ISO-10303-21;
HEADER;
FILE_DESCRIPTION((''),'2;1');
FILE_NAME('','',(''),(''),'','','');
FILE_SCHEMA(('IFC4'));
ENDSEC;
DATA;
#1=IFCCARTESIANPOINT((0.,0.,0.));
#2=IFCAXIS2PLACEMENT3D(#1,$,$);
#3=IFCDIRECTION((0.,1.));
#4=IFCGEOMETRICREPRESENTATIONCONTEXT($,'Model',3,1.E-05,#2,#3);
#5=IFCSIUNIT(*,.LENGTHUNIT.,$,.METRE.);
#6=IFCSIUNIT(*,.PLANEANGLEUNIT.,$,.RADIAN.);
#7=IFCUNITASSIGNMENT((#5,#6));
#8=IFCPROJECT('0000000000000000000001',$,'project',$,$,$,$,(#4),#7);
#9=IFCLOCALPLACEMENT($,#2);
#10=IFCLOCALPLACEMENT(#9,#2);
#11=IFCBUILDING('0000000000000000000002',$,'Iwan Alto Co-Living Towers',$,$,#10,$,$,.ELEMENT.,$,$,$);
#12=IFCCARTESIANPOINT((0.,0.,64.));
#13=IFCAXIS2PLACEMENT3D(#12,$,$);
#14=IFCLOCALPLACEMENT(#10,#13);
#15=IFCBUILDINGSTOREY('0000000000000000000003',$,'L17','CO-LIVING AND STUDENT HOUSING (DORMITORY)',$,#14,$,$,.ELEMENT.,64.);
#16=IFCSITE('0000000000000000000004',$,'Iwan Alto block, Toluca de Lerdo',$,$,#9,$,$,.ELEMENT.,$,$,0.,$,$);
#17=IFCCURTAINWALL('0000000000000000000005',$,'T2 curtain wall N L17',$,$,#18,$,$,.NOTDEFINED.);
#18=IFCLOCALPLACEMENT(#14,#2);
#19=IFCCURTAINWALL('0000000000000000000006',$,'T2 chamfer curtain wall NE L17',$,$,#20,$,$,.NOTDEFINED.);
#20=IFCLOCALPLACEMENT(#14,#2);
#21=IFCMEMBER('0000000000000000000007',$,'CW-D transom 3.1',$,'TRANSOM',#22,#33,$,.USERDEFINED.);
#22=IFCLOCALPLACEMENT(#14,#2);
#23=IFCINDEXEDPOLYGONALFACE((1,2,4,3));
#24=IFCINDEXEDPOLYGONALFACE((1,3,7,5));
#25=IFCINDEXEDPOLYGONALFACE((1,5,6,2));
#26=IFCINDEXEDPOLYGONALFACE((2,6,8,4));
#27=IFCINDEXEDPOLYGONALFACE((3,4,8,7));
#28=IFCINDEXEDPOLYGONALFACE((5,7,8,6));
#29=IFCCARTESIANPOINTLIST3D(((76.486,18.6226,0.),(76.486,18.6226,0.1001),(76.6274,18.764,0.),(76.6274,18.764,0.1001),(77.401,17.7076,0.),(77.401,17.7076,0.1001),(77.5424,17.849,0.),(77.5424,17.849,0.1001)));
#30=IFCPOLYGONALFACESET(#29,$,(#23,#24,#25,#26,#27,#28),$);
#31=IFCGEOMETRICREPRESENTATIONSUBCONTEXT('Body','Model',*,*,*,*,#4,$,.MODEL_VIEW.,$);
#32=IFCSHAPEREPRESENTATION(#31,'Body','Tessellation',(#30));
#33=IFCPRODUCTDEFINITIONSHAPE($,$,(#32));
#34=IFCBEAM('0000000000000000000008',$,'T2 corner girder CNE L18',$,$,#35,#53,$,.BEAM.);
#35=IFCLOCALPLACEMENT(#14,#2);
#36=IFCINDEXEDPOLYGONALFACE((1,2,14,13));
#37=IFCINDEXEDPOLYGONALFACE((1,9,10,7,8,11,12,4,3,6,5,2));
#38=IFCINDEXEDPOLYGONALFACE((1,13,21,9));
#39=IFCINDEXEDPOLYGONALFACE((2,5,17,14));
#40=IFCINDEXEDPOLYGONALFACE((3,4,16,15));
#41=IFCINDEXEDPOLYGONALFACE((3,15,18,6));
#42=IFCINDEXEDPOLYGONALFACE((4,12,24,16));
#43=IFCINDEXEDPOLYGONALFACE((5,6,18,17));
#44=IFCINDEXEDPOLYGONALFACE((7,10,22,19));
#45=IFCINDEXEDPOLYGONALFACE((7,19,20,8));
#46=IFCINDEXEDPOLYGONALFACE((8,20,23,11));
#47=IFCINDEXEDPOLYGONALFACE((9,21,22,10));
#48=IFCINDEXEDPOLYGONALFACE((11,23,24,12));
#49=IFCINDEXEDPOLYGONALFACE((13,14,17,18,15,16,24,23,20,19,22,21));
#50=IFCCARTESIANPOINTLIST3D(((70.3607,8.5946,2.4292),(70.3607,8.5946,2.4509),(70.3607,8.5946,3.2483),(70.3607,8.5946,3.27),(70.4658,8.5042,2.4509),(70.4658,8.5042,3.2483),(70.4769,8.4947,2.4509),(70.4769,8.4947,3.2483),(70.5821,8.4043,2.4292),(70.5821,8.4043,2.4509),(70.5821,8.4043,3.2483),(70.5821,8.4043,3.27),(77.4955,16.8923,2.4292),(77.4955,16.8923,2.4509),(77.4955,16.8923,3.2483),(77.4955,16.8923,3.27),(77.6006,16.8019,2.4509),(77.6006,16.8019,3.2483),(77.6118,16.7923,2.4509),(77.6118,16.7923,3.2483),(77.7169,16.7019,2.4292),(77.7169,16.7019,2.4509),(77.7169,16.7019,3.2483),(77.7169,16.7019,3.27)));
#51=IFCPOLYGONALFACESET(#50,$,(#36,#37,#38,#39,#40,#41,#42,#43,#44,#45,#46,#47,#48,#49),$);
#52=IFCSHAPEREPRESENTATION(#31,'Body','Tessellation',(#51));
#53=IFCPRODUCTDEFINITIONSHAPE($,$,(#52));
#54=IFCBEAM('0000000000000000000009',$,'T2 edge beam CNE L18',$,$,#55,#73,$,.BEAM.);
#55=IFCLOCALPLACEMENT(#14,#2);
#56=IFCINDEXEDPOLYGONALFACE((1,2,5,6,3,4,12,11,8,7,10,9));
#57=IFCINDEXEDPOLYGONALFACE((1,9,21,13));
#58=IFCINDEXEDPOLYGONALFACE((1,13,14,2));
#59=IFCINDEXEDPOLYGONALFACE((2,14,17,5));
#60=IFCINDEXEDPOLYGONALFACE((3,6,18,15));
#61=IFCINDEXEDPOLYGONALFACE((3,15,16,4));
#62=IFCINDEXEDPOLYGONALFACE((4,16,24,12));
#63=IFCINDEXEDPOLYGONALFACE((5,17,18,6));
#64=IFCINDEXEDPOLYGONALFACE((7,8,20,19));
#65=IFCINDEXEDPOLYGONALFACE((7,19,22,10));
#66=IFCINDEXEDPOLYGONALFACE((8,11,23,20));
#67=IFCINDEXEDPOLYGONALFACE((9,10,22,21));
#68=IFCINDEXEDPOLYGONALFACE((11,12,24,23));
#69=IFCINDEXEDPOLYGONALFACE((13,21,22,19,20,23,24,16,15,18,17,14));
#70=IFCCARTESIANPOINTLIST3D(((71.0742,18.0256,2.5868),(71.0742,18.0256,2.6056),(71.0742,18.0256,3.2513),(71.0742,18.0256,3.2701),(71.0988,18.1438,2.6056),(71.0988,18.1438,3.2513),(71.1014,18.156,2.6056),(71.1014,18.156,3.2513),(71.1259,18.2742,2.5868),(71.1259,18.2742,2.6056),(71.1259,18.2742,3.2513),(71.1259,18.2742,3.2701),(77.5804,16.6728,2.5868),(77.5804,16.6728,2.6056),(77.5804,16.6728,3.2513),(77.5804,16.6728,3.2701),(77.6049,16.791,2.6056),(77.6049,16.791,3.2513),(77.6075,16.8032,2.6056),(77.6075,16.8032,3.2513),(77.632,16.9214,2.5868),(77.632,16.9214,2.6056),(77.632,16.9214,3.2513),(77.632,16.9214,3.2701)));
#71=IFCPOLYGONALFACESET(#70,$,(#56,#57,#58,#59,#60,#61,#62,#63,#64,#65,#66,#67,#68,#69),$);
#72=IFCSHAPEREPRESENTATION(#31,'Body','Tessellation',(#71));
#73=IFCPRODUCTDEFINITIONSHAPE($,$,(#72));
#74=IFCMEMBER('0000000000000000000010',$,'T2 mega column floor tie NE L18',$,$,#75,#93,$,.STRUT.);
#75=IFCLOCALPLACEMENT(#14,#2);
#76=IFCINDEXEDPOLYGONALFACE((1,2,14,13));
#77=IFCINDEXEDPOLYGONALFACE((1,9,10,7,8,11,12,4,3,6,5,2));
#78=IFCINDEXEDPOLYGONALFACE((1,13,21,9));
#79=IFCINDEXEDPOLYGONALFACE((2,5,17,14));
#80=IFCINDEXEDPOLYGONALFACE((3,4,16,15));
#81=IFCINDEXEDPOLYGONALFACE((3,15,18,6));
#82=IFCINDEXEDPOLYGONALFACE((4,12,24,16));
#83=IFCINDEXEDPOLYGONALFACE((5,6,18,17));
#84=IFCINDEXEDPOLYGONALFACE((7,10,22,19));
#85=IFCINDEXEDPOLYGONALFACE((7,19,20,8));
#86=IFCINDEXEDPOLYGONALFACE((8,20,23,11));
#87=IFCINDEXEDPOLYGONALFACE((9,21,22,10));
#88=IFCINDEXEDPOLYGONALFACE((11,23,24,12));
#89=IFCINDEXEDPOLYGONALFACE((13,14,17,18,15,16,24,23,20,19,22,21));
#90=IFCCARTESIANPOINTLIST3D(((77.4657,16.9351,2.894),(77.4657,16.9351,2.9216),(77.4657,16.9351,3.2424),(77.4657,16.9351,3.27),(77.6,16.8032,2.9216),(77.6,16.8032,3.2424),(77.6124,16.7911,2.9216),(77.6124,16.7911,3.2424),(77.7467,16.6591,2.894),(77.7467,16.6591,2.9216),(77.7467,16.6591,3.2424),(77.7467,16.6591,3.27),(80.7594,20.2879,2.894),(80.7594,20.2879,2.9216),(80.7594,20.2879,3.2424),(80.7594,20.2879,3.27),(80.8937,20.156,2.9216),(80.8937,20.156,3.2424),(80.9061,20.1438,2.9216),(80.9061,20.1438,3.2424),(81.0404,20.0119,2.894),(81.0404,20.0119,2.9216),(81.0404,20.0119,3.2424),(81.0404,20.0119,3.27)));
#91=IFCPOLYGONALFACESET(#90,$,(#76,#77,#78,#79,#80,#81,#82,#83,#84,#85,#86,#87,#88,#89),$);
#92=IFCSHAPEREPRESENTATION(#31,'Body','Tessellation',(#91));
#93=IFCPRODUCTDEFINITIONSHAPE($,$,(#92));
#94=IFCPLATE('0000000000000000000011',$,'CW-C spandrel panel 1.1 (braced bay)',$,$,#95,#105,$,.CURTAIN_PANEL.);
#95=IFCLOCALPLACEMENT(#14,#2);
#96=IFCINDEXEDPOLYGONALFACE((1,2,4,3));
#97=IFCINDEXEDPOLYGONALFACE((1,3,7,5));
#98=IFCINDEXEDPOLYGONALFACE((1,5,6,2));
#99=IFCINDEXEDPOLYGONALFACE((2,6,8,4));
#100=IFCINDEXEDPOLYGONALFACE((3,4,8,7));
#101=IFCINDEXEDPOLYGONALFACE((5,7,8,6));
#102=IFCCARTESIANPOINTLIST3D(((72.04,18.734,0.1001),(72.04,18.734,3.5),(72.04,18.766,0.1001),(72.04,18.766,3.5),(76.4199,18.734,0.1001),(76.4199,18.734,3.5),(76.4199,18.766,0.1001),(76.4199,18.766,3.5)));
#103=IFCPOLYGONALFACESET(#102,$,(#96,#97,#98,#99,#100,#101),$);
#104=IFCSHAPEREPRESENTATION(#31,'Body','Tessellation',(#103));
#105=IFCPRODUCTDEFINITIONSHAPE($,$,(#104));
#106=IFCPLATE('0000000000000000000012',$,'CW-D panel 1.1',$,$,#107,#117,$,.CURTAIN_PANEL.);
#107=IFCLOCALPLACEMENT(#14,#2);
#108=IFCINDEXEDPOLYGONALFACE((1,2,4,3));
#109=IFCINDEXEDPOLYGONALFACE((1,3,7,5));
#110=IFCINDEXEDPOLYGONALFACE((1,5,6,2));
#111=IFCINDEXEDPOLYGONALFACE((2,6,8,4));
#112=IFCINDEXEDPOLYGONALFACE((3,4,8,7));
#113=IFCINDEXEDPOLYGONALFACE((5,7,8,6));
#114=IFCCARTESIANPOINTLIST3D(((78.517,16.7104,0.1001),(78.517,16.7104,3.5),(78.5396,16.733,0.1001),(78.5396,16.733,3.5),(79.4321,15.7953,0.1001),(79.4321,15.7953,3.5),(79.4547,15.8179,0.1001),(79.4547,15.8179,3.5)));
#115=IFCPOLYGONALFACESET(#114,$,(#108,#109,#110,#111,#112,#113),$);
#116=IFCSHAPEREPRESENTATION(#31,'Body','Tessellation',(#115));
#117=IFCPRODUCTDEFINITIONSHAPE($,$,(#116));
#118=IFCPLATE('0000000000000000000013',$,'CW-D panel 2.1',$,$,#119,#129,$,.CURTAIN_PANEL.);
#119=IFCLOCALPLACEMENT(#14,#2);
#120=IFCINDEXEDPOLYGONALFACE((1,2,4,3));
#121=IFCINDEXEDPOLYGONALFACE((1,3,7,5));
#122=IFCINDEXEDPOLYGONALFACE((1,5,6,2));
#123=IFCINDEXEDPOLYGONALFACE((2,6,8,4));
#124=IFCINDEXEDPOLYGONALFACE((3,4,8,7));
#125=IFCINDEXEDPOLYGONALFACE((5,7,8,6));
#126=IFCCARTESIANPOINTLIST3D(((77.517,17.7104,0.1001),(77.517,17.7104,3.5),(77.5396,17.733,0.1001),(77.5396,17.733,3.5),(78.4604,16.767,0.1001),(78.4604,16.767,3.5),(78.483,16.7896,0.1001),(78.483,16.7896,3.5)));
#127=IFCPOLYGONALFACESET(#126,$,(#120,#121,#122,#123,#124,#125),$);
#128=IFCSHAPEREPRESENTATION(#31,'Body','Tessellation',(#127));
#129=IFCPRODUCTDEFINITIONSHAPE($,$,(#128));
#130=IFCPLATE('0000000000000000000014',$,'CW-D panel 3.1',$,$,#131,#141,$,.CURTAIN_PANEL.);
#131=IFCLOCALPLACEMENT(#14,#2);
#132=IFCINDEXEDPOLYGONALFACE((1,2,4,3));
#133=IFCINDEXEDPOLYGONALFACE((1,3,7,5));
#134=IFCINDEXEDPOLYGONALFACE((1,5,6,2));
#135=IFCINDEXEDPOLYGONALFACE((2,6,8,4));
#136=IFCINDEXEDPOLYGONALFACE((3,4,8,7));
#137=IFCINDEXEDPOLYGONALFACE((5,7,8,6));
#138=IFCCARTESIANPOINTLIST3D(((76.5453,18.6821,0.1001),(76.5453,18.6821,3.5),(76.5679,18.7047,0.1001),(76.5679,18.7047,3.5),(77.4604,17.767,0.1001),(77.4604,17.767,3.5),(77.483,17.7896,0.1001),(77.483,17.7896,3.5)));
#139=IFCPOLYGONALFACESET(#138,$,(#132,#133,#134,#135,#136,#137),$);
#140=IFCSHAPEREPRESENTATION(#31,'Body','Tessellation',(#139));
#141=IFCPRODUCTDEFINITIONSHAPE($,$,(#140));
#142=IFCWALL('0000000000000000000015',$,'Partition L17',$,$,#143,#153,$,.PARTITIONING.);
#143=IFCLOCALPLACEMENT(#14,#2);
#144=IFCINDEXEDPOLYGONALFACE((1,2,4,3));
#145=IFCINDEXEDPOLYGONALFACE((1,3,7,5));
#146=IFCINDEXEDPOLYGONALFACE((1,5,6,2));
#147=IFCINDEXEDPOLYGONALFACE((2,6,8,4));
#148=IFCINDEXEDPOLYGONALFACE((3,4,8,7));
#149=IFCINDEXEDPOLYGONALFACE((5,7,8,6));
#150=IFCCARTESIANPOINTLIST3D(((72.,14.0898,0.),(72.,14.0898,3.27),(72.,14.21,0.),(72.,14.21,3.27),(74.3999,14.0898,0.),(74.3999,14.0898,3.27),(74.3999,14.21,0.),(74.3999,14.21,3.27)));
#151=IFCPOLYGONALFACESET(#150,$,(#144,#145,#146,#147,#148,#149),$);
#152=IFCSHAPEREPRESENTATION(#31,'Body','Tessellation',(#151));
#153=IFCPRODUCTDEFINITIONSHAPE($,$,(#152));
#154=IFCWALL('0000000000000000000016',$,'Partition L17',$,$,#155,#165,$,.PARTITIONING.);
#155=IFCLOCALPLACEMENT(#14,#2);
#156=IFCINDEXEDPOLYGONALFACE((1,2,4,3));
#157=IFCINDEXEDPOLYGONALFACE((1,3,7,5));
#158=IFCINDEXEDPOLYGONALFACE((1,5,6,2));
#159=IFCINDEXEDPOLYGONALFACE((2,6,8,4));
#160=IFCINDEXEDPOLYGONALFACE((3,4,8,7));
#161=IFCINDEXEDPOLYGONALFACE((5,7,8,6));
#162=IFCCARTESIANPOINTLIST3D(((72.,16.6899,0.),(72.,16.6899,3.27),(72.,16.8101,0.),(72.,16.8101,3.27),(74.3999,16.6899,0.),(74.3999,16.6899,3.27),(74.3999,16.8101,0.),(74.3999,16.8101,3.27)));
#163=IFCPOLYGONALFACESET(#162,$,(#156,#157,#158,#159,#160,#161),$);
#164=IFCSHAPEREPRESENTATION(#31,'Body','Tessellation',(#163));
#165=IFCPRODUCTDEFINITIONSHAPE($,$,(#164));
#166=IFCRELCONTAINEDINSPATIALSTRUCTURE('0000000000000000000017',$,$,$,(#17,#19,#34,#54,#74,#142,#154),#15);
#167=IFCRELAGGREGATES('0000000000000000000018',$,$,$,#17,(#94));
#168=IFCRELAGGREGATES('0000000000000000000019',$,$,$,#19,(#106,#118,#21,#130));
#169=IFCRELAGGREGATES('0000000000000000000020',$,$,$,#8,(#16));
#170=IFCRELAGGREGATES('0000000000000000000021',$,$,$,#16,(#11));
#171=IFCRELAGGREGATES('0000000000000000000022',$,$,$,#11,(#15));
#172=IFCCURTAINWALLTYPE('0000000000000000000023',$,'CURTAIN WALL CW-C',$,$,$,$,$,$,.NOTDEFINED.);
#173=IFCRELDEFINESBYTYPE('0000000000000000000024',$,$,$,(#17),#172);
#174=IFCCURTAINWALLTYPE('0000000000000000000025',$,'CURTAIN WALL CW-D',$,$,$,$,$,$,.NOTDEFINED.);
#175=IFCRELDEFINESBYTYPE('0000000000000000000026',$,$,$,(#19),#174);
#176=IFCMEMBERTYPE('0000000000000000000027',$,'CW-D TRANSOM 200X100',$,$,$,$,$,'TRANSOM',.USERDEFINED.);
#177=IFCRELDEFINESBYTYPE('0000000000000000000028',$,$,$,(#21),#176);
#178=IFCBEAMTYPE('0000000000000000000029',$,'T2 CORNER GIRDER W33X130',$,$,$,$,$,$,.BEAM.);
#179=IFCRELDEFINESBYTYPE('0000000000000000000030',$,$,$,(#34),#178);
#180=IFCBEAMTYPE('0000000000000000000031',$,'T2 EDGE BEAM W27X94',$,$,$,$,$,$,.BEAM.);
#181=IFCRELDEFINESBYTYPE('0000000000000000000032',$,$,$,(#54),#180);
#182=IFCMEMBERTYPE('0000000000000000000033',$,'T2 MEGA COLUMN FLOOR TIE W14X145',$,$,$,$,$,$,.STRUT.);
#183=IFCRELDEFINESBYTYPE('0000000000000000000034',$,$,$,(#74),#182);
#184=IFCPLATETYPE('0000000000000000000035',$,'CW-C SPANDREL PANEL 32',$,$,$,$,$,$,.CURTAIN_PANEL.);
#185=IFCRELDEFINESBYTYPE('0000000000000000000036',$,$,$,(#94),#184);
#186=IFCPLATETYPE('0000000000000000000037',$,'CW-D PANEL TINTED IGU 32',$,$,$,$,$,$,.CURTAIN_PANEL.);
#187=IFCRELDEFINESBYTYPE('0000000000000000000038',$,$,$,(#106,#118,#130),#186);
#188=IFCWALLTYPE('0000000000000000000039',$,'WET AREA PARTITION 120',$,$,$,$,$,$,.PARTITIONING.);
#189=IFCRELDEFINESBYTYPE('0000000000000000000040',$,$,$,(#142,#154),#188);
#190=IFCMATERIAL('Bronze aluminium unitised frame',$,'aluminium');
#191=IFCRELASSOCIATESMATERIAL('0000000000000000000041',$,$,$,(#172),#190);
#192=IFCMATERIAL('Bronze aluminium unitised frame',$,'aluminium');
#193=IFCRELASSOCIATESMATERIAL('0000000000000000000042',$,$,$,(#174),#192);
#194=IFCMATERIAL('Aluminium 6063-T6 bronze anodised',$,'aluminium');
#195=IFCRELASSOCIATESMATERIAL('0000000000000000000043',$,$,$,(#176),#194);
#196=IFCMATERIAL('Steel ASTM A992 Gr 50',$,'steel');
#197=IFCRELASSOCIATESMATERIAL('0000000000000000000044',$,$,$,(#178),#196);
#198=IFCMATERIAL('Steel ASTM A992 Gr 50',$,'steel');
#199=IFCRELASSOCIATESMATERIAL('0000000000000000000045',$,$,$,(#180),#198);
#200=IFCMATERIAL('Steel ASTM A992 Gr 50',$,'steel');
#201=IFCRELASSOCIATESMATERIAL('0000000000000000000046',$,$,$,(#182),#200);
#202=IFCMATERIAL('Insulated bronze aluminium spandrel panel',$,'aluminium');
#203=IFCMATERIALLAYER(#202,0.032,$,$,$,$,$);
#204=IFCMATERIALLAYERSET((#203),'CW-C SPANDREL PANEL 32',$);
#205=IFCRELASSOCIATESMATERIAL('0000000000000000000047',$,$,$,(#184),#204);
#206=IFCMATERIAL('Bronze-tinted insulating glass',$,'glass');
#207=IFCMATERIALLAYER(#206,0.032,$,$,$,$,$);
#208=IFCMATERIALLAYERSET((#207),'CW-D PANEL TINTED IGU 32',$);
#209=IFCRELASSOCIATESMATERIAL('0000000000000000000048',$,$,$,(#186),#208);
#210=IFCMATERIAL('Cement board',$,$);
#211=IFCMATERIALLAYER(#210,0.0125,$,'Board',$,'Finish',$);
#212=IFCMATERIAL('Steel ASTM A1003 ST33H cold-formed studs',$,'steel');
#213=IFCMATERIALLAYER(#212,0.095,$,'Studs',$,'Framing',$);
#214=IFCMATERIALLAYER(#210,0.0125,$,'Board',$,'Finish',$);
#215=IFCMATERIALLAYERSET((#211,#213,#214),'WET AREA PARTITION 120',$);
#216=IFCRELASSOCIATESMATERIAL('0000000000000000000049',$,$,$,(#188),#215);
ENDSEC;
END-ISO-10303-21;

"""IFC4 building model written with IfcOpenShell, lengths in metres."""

from ifc_helpers import new_model, si_unit, direction, frame, frame_2d, origin, origin_2d, place, context, subcontext, project, spatial, rectangle, i_section, extrude, material, layer, layer_set, material_profile, profile_set, type_object, element, aggregate, save


model = new_model("IFC4")

# Units and contexts
model_context = context("Model", 3, precision=1e-05, world=origin(), true_north=direction((0.0, 1.0)))
body_context = subcontext(model_context, "Body", "Model", "MODEL_VIEW")
ifc_project = project(units=[si_unit("LENGTHUNIT", "METRE"), si_unit("PLANEANGLEUNIT", "RADIAN")], contexts=[model_context])

# Site, building, storey
site_placement = place(None, origin())
site = spatial("IfcSite", under=ifc_project, at=site_placement, Name="Iwan Alto block, Toluca de Lerdo", CompositionType="ELEMENT", RefElevation=0.0)
building_placement = place(site_placement, origin())
building = spatial("IfcBuilding", under=site, at=building_placement, Name="Iwan Alto Co-Living Towers", CompositionType="ELEMENT")
storey_placement = place(building_placement, frame((0.0, 0.0, 64.0)))
storey = spatial("IfcBuildingStorey", under=building, at=storey_placement, Name="L17", Description="CO-LIVING AND STUDENT HOUSING (DORMITORY)", CompositionType="ELEMENT", Elevation=64.0)

# Shared definitions
ifc_material_1 = material(Name="Bronze aluminium unitised frame", Category="aluminium")
curtain_wall_type_1 = type_object("IfcCurtainWallType", Name="CURTAIN WALL CW-C", PredefinedType="NOTDEFINED", material=ifc_material_1)

# Curtain walls, member
curtain_wall_1_placement = place(storey_placement, origin())
curtain_wall_1 = element("IfcCurtainWall", 1, at=curtain_wall_1_placement, inside=storey, type_object=curtain_wall_type_1, Name="T2 curtain wall N L17", PredefinedType="NOTDEFINED")
ifc_material_2 = material(Name="Bronze aluminium unitised frame", Category="aluminium")
curtain_wall_type_2 = type_object("IfcCurtainWallType", Name="CURTAIN WALL CW-D", PredefinedType="NOTDEFINED", material=ifc_material_2)
curtain_wall_2_placement = place(storey_placement, origin())
curtain_wall_2 = element("IfcCurtainWall", 2, at=curtain_wall_2_placement, inside=storey, type_object=curtain_wall_type_2, Name="T2 chamfer curtain wall NE L17", PredefinedType="NOTDEFINED")
ifc_material_3 = material(Name="Aluminium 6063-T6 bronze anodised", Category="aluminium")
ifc_material_profile_1 = material_profile(ifc_material_3, rectangle(XDim=0.2, YDim=0.1001, at=origin_2d()), Name="AL 200X100")
ifc_profile_set_1 = profile_set([ifc_material_profile_1], Name="Aluminium 6063-T6 bronze anodised")
member_type_1 = type_object("IfcMemberType", Name="CW-D TRANSOM 200X100", ElementType="TRANSOM", PredefinedType="USERDEFINED", material=ifc_profile_set_1)
member_1_placement = place(storey_placement, frame((77.4717, 17.7783, 0.05), z_axis=(-0.707107, 0.707107, 0.0), x_axis=(-0.707107, -0.707107, 0.0)))
member_1 = element("IfcMember", 3, at=member_1_placement, type_object=member_type_1, Name="CW-D transom 3.1", ObjectType="TRANSOM", PredefinedType="USERDEFINED", context=body_context, shape_type="SweptSolid", body=[
    extrude(rectangle(XDim=0.2, YDim=0.1001, at=origin_2d()), origin(), (0.0, 0.0, 1.0), 1.2939),
])

# Beams
ifc_material_4 = material(Name="Steel ASTM A992 Gr 50", Category="steel")
ifc_material_profile_2 = material_profile(ifc_material_4, i_section(OverallWidth=0.292, OverallDepth=0.8408, WebThickness=0.0146, FlangeThickness=0.0217, at=origin_2d()), Name="W33X130")
ifc_profile_set_2 = profile_set([ifc_material_profile_2], Name="Steel ASTM A992 Gr 50")
beam_type_1 = type_object("IfcBeamType", Name="T2 CORNER GIRDER W33X130", PredefinedType="BEAM", material=ifc_profile_set_2)
beam_1_placement = place(storey_placement, frame((77.6062, 16.7971, 2.8496), z_axis=(-0.651977, -0.758238, 0.0), x_axis=(0.758238, -0.651977, 0.0)))
element("IfcBeam", 4, at=beam_1_placement, inside=storey, type_object=beam_type_1, Name="T2 corner girder CNE L18", PredefinedType="BEAM", context=body_context, shape_type="SweptSolid", body=[
    extrude(i_section(OverallWidth=0.292, OverallDepth=0.8408, WebThickness=0.0146, FlangeThickness=0.0217, at=origin_2d()), origin(), (0.0, 0.0, 1.0), 10.9434),
])
ifc_material_5 = material(Name="Steel ASTM A992 Gr 50", Category="steel")
ifc_material_profile_3 = material_profile(ifc_material_5, i_section(OverallWidth=0.2539, OverallDepth=0.6833, WebThickness=0.0125, FlangeThickness=0.0188, at=origin_2d()), Name="W27X94")
ifc_profile_set_3 = profile_set([ifc_material_profile_3], Name="Steel ASTM A992 Gr 50")
beam_type_2 = type_object("IfcBeamType", Name="T2 EDGE BEAM W27X94", PredefinedType="BEAM", material=ifc_profile_set_3)
beam_2_placement = place(storey_placement, frame((77.6062, 16.7971, 2.9285), z_axis=(-0.97906, 0.203571, 0.0), x_axis=(-0.203571, -0.97906, 0.0)))
element("IfcBeam", 5, at=beam_2_placement, inside=storey, type_object=beam_type_2, Name="T2 edge beam CNE L18", PredefinedType="BEAM", context=body_context, shape_type="SweptSolid", body=[
    extrude(i_section(OverallWidth=0.2539, OverallDepth=0.6833, WebThickness=0.0125, FlangeThickness=0.0188, at=origin_2d()), origin(), (0.0, 0.0, 1.0), 6.6453),
])

# Member
ifc_material_6 = material(Name="Steel ASTM A992 Gr 50", Category="steel")
ifc_material_profile_4 = material_profile(ifc_material_6, i_section(OverallWidth=0.3938, OverallDepth=0.376, WebThickness=0.0173, FlangeThickness=0.0276, at=origin_2d()), Name="W14X145")
ifc_profile_set_4 = profile_set([ifc_material_profile_4], Name="Steel ASTM A992 Gr 50")
member_type_2 = type_object("IfcMemberType", Name="T2 MEGA COLUMN FLOOR TIE W14X145", PredefinedType="STRUT", material=ifc_profile_set_4)
member_2_placement = place(storey_placement, frame((80.8999, 20.1499, 3.082), z_axis=(-0.700793, -0.713364, 0.0), x_axis=(0.713364, -0.700793, 0.0)))
element("IfcMember", 6, at=member_2_placement, inside=storey, type_object=member_type_2, Name="T2 mega column floor tie NE L18", PredefinedType="STRUT", context=body_context, shape_type="SweptSolid", body=[
    extrude(i_section(OverallWidth=0.3938, OverallDepth=0.376, WebThickness=0.0173, FlangeThickness=0.0276, at=origin_2d()), origin(), (0.0, 0.0, 1.0), 4.7),
])

# Plates
ifc_material_7 = material(Name="Insulated bronze aluminium spandrel panel", Category="aluminium")
ifc_layer_1 = layer(ifc_material_7, 0.032)
ifc_layer_set_1 = layer_set([ifc_layer_1], Name="CW-C SPANDREL PANEL 32")
plate_type_1 = type_object("IfcPlateType", Name="CW-C SPANDREL PANEL 32", PredefinedType="CURTAIN_PANEL", material=ifc_layer_set_1)
plate_1_placement = place(storey_placement, frame((74.23, 18.75, 0.1001), z_axis=(0.0, 0.0, 1.0), x_axis=(-1.0, 0.0, 0.0)))
plate_1 = element("IfcPlate", 7, at=plate_1_placement, type_object=plate_type_1, Name="CW-C spandrel panel 1.1 (braced bay)", PredefinedType="CURTAIN_PANEL", context=body_context, shape_type="SweptSolid", body=[
    extrude(rectangle(XDim=4.3799, YDim=0.032, at=origin_2d()), origin(), (0.0, 0.0, 1.0), 3.3999),
])
aggregate(curtain_wall_1, [plate_1])
ifc_material_8 = material(Name="Bronze-tinted insulating glass", Category="glass")
ifc_layer_2 = layer(ifc_material_8, 0.032)
ifc_layer_set_2 = layer_set([ifc_layer_2], Name="CW-D PANEL TINTED IGU 32")
plate_type_2 = type_object("IfcPlateType", Name="CW-D PANEL TINTED IGU 32", PredefinedType="CURTAIN_PANEL", material=ifc_layer_set_2)
plate_2_placement = place(storey_placement, frame((78.9858, 16.2642, 0.1001), z_axis=(0.0, 0.0, 1.0), x_axis=(-0.707107, 0.707107, 0.0)))
plate_2 = element("IfcPlate", 8, at=plate_2_placement, type_object=plate_type_2, Name="CW-D panel 1.1", PredefinedType="CURTAIN_PANEL", context=body_context, shape_type="SweptSolid", body=[
    extrude(rectangle(XDim=1.2942, YDim=0.032, at=origin_2d()), origin(), (0.0, 0.0, 1.0), 3.3999),
])
plate_3_placement = place(storey_placement, frame((78.0, 17.25, 0.1001), z_axis=(0.0, 0.0, 1.0), x_axis=(-0.707107, 0.707107, 0.0)))
plate_3 = element("IfcPlate", 9, at=plate_3_placement, type_object=plate_type_2, Name="CW-D panel 2.1", PredefinedType="CURTAIN_PANEL", context=body_context, shape_type="SweptSolid", body=[
    extrude(rectangle(XDim=1.3342, YDim=0.032, at=origin_2d()), origin(), (0.0, 0.0, 1.0), 3.3999),
])
plate_4_placement = place(storey_placement, frame((77.0142, 18.2358, 0.1001), z_axis=(0.0, 0.0, 1.0), x_axis=(-0.707107, 0.707107, 0.0)))
plate_4 = element("IfcPlate", 10, at=plate_4_placement, type_object=plate_type_2, Name="CW-D panel 3.1", PredefinedType="CURTAIN_PANEL", context=body_context, shape_type="SweptSolid", body=[
    extrude(rectangle(XDim=1.2942, YDim=0.032, at=origin_2d()), origin(), (0.0, 0.0, 1.0), 3.3999),
])
aggregate(curtain_wall_2, [plate_2, plate_3, member_1, plate_4])

# Walls
ifc_material_9 = material(Name="Cement board")
ifc_layer_3 = layer(ifc_material_9, 0.0125, Name="Board", Category="Finish")
ifc_material_10 = material(Name="Steel ASTM A1003 ST33H cold-formed studs", Category="steel")
ifc_layer_4 = layer(ifc_material_10, 0.095, Name="Studs", Category="Framing")
ifc_layer_5 = layer(ifc_material_9, 0.0125, Name="Board", Category="Finish")
ifc_layer_set_3 = layer_set([ifc_layer_3, ifc_layer_4, ifc_layer_5], Name="WET AREA PARTITION 120")
wall_type = type_object("IfcWallType", Name="WET AREA PARTITION 120", PredefinedType="PARTITIONING", material=ifc_layer_set_3)
for number, where, z_axis, x_axis, name in (
    (11, (72.0, 14.1499, 0.0), (0.0, 0.0, 1.0), (1.0, 0.0, 0.0), "Partition L17"),
    (12, (72.0, 16.75, 0.0), (0.0, 0.0, 1.0), (1.0, 0.0, 0.0), "Partition L17"),
):
    element("IfcWall", number, at=place(storey_placement, frame(where, z_axis=z_axis, x_axis=x_axis)), inside=storey, type_object=wall_type, Name=name, PredefinedType="PARTITIONING", context=body_context, shape_type="SweptSolid", body=[
        extrude(rectangle(XDim=2.3999, YDim=0.1201, at=frame_2d((1.2, 0.0))), origin(), (0.0, 0.0, 1.0), 3.27),
    ])

save(model, "model.ifc")
